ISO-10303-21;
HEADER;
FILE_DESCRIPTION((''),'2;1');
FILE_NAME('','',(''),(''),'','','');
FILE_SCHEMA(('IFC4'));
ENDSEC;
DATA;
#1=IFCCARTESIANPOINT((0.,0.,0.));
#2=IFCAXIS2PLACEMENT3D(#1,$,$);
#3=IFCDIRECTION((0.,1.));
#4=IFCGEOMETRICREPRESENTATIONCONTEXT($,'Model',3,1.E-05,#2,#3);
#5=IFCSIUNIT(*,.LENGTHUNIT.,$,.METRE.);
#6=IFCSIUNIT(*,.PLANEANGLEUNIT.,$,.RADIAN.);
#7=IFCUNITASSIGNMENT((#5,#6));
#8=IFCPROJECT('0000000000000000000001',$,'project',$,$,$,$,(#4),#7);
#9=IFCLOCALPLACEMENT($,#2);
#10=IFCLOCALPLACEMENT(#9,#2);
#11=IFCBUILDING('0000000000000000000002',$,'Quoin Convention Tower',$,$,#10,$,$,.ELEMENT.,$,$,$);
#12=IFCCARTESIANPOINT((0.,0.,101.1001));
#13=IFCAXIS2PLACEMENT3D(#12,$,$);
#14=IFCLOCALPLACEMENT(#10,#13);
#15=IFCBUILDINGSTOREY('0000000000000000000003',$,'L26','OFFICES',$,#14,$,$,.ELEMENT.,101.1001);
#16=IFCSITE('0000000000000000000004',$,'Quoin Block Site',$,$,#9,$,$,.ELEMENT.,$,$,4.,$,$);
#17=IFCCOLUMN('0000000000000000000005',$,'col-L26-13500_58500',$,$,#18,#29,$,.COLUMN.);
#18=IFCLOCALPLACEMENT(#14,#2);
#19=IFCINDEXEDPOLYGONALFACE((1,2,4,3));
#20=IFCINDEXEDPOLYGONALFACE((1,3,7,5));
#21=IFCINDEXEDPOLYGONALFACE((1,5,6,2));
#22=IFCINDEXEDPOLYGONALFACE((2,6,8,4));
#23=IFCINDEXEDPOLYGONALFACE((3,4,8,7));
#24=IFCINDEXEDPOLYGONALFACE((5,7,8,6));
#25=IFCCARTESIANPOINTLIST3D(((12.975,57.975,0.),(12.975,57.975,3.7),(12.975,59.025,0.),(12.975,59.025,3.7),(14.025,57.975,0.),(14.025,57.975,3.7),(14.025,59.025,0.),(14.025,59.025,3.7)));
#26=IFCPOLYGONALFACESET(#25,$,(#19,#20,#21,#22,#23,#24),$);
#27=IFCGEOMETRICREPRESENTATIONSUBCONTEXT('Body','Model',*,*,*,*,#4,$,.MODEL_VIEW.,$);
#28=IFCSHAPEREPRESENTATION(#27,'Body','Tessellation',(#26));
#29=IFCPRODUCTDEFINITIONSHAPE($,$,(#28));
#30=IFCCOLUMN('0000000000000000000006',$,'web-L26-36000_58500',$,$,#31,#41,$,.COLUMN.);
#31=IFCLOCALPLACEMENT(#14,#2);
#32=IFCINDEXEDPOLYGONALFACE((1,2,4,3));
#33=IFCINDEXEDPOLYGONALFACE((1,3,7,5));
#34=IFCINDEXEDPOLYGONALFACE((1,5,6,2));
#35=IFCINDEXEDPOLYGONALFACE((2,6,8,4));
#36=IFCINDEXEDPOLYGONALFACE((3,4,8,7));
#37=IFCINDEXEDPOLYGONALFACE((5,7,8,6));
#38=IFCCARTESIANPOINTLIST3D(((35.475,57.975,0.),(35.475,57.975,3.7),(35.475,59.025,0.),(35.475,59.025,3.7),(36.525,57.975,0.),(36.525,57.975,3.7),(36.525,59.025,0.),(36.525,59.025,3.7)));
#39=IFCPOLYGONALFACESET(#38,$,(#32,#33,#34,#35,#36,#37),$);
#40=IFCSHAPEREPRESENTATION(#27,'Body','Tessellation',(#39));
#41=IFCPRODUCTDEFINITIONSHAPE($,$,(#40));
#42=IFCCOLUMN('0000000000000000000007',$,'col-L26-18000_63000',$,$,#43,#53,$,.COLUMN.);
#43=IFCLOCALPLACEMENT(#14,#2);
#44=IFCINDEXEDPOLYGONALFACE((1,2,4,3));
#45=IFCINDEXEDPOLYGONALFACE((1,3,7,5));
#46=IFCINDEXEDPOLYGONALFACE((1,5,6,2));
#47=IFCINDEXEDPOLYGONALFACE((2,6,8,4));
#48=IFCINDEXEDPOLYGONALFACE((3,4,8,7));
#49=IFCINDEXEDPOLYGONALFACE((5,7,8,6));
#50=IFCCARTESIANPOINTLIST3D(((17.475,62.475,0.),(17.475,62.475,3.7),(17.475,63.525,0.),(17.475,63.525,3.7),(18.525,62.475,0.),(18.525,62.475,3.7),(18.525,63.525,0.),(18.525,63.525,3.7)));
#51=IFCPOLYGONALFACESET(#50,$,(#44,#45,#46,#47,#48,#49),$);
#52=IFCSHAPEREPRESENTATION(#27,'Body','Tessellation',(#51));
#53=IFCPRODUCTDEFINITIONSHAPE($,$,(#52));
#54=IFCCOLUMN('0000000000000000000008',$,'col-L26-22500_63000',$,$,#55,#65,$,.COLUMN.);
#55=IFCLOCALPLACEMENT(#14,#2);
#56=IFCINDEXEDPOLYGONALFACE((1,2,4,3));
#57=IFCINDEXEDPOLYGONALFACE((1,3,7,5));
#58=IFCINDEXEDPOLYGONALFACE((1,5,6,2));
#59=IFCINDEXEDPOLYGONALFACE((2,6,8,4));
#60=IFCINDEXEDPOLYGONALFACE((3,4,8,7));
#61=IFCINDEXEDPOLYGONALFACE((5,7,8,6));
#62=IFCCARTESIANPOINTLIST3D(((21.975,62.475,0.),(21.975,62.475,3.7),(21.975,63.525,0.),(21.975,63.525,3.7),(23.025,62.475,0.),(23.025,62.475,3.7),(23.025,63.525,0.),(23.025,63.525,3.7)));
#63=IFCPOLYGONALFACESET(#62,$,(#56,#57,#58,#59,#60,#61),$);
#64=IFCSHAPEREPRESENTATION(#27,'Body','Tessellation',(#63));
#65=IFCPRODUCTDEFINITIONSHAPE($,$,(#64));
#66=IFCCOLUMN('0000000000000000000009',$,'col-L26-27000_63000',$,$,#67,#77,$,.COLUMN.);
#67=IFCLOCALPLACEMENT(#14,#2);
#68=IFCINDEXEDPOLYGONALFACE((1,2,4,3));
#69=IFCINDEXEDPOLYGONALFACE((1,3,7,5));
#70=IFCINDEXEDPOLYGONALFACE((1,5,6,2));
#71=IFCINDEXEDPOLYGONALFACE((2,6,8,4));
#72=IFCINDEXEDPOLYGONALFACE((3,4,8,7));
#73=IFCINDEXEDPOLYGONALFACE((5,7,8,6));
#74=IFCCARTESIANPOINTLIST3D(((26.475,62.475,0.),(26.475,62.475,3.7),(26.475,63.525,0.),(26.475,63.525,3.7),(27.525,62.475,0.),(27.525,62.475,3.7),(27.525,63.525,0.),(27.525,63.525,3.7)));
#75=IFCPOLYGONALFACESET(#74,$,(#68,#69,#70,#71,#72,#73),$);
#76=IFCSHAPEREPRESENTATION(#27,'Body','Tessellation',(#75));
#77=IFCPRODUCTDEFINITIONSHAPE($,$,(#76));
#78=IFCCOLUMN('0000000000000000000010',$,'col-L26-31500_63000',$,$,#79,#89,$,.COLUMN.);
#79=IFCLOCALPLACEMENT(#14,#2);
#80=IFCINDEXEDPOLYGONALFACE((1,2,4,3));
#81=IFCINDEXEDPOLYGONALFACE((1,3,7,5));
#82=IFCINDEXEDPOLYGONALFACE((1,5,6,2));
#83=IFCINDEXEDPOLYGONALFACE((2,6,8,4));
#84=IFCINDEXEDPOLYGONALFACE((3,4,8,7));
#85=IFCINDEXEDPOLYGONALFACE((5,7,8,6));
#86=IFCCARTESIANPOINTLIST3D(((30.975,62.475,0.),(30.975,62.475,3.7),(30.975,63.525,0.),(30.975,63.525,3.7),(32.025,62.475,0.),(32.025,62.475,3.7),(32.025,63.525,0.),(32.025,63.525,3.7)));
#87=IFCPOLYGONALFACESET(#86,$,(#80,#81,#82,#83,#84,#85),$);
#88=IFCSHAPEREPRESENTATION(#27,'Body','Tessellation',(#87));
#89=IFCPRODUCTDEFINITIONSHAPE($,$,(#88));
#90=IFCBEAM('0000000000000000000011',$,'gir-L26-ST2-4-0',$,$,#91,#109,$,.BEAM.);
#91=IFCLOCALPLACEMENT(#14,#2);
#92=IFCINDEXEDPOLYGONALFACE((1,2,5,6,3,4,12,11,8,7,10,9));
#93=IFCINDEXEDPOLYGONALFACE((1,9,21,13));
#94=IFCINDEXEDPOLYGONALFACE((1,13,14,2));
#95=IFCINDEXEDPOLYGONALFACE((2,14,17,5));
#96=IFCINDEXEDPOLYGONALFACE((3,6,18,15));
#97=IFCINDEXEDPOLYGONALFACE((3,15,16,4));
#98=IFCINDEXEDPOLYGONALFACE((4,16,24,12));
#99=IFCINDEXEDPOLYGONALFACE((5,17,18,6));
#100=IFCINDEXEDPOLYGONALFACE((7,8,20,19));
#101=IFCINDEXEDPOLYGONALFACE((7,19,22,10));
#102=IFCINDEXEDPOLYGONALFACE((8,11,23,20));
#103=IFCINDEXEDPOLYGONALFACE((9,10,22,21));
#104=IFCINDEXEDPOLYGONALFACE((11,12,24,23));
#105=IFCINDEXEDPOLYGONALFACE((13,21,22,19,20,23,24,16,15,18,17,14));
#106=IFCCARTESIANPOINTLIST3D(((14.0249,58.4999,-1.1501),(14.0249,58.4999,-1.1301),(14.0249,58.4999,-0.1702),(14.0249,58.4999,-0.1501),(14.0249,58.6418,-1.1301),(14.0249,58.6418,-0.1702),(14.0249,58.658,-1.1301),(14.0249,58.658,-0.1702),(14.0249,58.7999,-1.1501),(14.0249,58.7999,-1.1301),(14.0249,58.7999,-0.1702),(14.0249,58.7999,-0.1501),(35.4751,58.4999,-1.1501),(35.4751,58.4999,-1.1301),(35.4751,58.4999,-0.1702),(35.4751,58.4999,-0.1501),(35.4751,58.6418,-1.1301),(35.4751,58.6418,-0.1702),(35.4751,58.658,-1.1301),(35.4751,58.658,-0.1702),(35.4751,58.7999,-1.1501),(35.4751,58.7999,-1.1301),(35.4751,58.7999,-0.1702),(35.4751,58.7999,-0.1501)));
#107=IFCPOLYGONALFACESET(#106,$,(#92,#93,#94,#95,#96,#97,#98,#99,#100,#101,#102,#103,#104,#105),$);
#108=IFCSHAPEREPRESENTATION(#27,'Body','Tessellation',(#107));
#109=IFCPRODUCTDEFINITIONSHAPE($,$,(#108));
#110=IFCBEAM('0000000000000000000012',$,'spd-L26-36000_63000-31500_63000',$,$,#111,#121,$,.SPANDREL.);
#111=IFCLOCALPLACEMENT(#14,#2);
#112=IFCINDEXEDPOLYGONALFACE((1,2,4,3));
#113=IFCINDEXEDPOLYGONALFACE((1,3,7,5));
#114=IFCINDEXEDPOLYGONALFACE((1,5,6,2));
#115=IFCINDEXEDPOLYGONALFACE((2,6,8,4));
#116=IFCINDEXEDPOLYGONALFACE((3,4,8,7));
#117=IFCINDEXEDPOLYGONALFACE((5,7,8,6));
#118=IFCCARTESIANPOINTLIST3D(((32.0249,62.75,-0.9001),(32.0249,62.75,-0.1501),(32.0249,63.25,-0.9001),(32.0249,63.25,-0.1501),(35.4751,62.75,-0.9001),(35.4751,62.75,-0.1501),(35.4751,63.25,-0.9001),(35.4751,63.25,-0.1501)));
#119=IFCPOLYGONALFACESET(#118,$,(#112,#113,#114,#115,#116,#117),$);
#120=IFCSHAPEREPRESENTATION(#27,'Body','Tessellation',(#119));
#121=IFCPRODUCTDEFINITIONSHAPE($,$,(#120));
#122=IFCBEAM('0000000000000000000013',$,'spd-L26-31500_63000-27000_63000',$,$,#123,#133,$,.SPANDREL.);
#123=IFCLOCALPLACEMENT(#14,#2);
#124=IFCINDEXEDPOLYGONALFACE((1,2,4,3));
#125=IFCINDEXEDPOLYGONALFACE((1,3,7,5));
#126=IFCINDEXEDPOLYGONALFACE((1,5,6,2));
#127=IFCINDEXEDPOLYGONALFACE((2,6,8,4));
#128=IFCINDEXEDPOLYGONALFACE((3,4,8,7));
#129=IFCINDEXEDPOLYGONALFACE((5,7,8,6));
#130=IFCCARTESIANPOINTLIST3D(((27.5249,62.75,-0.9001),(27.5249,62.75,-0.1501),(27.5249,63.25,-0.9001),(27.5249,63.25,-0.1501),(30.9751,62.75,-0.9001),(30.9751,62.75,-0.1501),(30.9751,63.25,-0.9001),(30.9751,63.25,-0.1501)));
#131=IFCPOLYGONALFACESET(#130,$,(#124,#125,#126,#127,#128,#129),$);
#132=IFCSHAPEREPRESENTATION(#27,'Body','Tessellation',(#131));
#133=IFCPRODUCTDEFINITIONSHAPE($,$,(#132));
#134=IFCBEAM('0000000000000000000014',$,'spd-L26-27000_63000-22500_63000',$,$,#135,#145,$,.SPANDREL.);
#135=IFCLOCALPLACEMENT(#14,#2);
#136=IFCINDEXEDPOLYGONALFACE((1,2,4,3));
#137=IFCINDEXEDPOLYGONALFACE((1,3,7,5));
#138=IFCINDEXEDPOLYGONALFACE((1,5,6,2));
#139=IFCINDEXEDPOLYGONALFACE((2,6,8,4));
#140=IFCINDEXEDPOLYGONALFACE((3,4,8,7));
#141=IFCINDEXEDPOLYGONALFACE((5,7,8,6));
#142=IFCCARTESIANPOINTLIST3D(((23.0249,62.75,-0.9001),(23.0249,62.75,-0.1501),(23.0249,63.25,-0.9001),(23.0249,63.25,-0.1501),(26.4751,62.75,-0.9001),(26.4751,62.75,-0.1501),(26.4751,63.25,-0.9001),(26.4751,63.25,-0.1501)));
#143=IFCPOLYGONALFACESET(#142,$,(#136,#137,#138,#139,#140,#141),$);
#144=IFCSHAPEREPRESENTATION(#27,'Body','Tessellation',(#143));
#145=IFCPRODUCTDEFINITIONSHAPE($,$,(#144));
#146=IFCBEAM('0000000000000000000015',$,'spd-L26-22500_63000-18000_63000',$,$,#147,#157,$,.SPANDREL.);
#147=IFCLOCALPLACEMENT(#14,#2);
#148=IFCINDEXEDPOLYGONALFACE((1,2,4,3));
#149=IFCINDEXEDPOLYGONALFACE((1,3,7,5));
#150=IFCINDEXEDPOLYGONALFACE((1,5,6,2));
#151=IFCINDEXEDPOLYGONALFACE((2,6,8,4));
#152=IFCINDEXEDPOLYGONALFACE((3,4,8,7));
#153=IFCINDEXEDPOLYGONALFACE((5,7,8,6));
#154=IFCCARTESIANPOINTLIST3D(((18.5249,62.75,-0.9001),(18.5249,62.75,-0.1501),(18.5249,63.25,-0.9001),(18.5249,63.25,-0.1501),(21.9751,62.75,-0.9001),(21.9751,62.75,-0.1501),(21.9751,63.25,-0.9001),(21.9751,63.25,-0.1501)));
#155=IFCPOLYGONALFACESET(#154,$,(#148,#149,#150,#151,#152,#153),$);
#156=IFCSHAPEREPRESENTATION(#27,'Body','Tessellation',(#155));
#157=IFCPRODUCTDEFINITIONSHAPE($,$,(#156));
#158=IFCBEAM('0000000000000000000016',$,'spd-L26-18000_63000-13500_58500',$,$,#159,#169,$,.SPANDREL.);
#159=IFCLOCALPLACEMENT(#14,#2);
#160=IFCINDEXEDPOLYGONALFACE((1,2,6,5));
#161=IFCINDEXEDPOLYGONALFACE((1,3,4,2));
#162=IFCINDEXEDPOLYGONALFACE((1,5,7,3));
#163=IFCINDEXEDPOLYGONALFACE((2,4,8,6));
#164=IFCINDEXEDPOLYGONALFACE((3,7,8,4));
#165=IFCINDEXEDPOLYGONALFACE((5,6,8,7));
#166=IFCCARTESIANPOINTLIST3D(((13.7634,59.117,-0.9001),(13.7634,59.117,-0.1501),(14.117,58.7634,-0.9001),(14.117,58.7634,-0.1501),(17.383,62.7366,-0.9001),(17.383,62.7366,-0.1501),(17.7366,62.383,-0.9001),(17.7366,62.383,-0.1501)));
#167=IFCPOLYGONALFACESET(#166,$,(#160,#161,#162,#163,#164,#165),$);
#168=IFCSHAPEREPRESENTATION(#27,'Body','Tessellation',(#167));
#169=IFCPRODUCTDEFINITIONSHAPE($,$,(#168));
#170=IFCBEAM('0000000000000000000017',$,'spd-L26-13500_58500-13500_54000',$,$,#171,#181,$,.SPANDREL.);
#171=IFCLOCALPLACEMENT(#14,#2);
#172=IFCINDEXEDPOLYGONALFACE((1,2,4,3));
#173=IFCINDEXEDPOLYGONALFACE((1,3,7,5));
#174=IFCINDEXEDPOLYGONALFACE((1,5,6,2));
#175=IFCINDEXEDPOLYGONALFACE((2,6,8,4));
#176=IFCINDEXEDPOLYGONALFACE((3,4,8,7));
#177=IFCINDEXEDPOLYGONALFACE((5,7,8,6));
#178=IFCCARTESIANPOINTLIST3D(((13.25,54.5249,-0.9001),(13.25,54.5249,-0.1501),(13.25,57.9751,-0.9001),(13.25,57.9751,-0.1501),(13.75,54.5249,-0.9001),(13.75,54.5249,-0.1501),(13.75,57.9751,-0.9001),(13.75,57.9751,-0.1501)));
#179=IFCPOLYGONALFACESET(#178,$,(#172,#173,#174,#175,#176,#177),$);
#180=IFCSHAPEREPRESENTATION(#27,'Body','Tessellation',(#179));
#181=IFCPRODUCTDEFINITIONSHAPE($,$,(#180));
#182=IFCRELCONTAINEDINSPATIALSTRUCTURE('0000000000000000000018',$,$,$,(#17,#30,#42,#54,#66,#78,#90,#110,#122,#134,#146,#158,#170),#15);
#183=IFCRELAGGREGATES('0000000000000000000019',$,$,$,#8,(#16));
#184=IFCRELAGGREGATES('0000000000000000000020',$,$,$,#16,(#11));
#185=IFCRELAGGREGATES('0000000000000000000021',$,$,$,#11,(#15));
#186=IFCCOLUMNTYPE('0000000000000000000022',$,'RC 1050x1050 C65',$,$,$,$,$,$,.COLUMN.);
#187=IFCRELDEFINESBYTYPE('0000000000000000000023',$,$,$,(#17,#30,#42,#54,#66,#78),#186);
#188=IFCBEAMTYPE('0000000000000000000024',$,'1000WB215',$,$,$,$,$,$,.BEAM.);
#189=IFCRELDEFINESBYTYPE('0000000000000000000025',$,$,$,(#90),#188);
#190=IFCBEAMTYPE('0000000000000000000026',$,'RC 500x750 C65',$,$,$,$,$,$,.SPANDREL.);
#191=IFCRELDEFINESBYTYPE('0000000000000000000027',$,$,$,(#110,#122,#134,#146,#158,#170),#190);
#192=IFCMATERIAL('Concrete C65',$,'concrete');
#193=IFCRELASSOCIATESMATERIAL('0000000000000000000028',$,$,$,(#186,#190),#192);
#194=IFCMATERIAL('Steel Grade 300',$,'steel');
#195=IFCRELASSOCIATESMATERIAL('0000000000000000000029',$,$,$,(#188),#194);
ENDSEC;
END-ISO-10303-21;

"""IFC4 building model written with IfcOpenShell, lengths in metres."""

from ifc_helpers import new_model, si_unit, direction, frame, origin, origin_2d, place, context, subcontext, project, spatial, rectangle, i_section, extrude, material, material_profile, profile_set, type_object, element, save


model = new_model("IFC4")

# Units and contexts
model_context = context("Model", 3, precision=1e-05, world=origin(), true_north=direction((0.0, 1.0)))
body_context = subcontext(model_context, "Body", "Model", "MODEL_VIEW")
ifc_project = project(units=[si_unit("LENGTHUNIT", "METRE"), si_unit("PLANEANGLEUNIT", "RADIAN")], contexts=[model_context])

# Site, building, storey
site_placement = place(None, origin())
site = spatial("IfcSite", under=ifc_project, at=site_placement, Name="Quoin Block Site", CompositionType="ELEMENT", RefElevation=4.0)
building_placement = place(site_placement, origin())
building = spatial("IfcBuilding", under=site, at=building_placement, Name="Quoin Convention Tower", CompositionType="ELEMENT")
storey_placement = place(building_placement, frame((0.0, 0.0, 101.1001)))
storey = spatial("IfcBuildingStorey", under=building, at=storey_placement, Name="L26", Description="OFFICES", CompositionType="ELEMENT", Elevation=101.1001)

# Columns
ifc_material_1 = material(Name="Concrete C65", Category="concrete")
ifc_material_profile_1 = material_profile(ifc_material_1, rectangle(XDim=1.05, YDim=1.05, at=origin_2d()), Name="RC 1050x1050")
ifc_profile_set_1 = profile_set([ifc_material_profile_1], Name="Concrete C65")
column_type = type_object("IfcColumnType", Name="RC 1050x1050 C65", PredefinedType="COLUMN", material=ifc_profile_set_1)
for number, where, z_axis, x_axis, name in (
    (1, (13.5, 58.5, 0.0), (0.0, 0.0, 1.0), (1.0, 0.0, 0.0), "col-L26-13500_58500"),
    (2, (36.0, 58.5, 0.0), (0.0, 0.0, 1.0), (1.0, 0.0, 0.0), "web-L26-36000_58500"),
    (3, (18.0, 63.0, 0.0), (0.0, 0.0, 1.0), (1.0, 0.0, 0.0), "col-L26-18000_63000"),
    (4, (22.5, 63.0, 0.0), (0.0, 0.0, 1.0), (1.0, 0.0, 0.0), "col-L26-22500_63000"),
    (5, (27.0, 63.0, 0.0), (0.0, 0.0, 1.0), (1.0, 0.0, 0.0), "col-L26-27000_63000"),
    (6, (31.5, 63.0, 0.0), (0.0, 0.0, 1.0), (1.0, 0.0, 0.0), "col-L26-31500_63000"),
):
    element("IfcColumn", number, at=place(storey_placement, frame(where, z_axis=z_axis, x_axis=x_axis)), inside=storey, type_object=column_type, Name=name, PredefinedType="COLUMN", context=body_context, shape_type="SweptSolid", body=[
        extrude(rectangle(XDim=1.05, YDim=1.05, at=origin_2d()), origin(), (0.0, 0.0, 1.0), 3.7),
    ])

# Beams
ifc_material_2 = material(Name="Steel Grade 300", Category="steel")
ifc_material_profile_2 = material_profile(ifc_material_2, i_section(OverallWidth=0.3, OverallDepth=1.0, WebThickness=0.0161, FlangeThickness=0.02, at=origin_2d()), Name="1000WB215")
ifc_profile_set_2 = profile_set([ifc_material_profile_2], Name="Steel Grade 300")
beam_type_1 = type_object("IfcBeamType", Name="1000WB215", PredefinedType="BEAM", material=ifc_profile_set_2)
beam_1_placement = place(storey_placement, frame((14.0249, 58.6499, -0.6501), z_axis=(1.0, 0.0, 0.0), x_axis=(0.0, 1.0, 0.0)))
element("IfcBeam", 7, at=beam_1_placement, inside=storey, type_object=beam_type_1, Name="gir-L26-ST2-4-0", PredefinedType="BEAM", context=body_context, shape_type="SweptSolid", body=[
    extrude(i_section(OverallWidth=0.3, OverallDepth=1.0, WebThickness=0.0161, FlangeThickness=0.02, at=origin_2d()), origin(), (0.0, 0.0, 1.0), 21.4502),
])
ifc_material_profile_3 = material_profile(ifc_material_1, rectangle(XDim=0.5, YDim=0.75, at=origin_2d()), Name="RC 500x750")
ifc_profile_set_3 = profile_set([ifc_material_profile_3], Name="Concrete C65")
beam_type_2 = type_object("IfcBeamType", Name="RC 500x750 C65", PredefinedType="SPANDREL", material=ifc_profile_set_3)
for number, where, z_axis, x_axis, name in (
    (8, (35.4751, 63.0, -0.5251), (-1.0, 0.0, 0.0), (0.0, -1.0, 0.0), "spd-L26-36000_63000-31500_63000"),
    (9, (30.9751, 63.0, -0.5251), (-1.0, 0.0, 0.0), (0.0, -1.0, 0.0), "spd-L26-31500_63000-27000_63000"),
    (10, (26.4751, 63.0, -0.5251), (-1.0, 0.0, 0.0), (0.0, -1.0, 0.0), "spd-L26-27000_63000-22500_63000"),
    (11, (21.9751, 63.0, -0.5251), (-1.0, 0.0, 0.0), (0.0, -1.0, 0.0), "spd-L26-22500_63000-18000_63000"),
):
    element("IfcBeam", number, at=place(storey_placement, frame(where, z_axis=z_axis, x_axis=x_axis)), inside=storey, type_object=beam_type_2, Name=name, PredefinedType="SPANDREL", context=body_context, shape_type="SweptSolid", body=[
        extrude(rectangle(XDim=0.5, YDim=0.75, at=origin_2d()), origin(), (0.0, 0.0, 1.0), 3.4502),
    ])
beam_2_placement = place(storey_placement, frame((17.5598, 62.5598, -0.5251), z_axis=(-0.707107, -0.707107, 0.0), x_axis=(0.707107, -0.707107, 0.0)))
element("IfcBeam", 12, at=beam_2_placement, inside=storey, type_object=beam_type_2, Name="spd-L26-18000_63000-13500_58500", PredefinedType="SPANDREL", context=body_context, shape_type="SweptSolid", body=[
    extrude(rectangle(XDim=0.5, YDim=0.75, at=origin_2d()), origin(), (0.0, 0.0, 1.0), 5.1189),
])
beam_3_placement = place(storey_placement, frame((13.5, 57.9751, -0.5251), z_axis=(0.0, -1.0, 0.0), x_axis=(1.0, 0.0, 0.0)))
element("IfcBeam", 13, at=beam_3_placement, inside=storey, type_object=beam_type_2, Name="spd-L26-13500_58500-13500_54000", PredefinedType="SPANDREL", context=body_context, shape_type="SweptSolid", body=[
    extrude(rectangle(XDim=0.5, YDim=0.75, at=origin_2d()), origin(), (0.0, 0.0, 1.0), 3.4502),
])

save(model, "model.ifc")
